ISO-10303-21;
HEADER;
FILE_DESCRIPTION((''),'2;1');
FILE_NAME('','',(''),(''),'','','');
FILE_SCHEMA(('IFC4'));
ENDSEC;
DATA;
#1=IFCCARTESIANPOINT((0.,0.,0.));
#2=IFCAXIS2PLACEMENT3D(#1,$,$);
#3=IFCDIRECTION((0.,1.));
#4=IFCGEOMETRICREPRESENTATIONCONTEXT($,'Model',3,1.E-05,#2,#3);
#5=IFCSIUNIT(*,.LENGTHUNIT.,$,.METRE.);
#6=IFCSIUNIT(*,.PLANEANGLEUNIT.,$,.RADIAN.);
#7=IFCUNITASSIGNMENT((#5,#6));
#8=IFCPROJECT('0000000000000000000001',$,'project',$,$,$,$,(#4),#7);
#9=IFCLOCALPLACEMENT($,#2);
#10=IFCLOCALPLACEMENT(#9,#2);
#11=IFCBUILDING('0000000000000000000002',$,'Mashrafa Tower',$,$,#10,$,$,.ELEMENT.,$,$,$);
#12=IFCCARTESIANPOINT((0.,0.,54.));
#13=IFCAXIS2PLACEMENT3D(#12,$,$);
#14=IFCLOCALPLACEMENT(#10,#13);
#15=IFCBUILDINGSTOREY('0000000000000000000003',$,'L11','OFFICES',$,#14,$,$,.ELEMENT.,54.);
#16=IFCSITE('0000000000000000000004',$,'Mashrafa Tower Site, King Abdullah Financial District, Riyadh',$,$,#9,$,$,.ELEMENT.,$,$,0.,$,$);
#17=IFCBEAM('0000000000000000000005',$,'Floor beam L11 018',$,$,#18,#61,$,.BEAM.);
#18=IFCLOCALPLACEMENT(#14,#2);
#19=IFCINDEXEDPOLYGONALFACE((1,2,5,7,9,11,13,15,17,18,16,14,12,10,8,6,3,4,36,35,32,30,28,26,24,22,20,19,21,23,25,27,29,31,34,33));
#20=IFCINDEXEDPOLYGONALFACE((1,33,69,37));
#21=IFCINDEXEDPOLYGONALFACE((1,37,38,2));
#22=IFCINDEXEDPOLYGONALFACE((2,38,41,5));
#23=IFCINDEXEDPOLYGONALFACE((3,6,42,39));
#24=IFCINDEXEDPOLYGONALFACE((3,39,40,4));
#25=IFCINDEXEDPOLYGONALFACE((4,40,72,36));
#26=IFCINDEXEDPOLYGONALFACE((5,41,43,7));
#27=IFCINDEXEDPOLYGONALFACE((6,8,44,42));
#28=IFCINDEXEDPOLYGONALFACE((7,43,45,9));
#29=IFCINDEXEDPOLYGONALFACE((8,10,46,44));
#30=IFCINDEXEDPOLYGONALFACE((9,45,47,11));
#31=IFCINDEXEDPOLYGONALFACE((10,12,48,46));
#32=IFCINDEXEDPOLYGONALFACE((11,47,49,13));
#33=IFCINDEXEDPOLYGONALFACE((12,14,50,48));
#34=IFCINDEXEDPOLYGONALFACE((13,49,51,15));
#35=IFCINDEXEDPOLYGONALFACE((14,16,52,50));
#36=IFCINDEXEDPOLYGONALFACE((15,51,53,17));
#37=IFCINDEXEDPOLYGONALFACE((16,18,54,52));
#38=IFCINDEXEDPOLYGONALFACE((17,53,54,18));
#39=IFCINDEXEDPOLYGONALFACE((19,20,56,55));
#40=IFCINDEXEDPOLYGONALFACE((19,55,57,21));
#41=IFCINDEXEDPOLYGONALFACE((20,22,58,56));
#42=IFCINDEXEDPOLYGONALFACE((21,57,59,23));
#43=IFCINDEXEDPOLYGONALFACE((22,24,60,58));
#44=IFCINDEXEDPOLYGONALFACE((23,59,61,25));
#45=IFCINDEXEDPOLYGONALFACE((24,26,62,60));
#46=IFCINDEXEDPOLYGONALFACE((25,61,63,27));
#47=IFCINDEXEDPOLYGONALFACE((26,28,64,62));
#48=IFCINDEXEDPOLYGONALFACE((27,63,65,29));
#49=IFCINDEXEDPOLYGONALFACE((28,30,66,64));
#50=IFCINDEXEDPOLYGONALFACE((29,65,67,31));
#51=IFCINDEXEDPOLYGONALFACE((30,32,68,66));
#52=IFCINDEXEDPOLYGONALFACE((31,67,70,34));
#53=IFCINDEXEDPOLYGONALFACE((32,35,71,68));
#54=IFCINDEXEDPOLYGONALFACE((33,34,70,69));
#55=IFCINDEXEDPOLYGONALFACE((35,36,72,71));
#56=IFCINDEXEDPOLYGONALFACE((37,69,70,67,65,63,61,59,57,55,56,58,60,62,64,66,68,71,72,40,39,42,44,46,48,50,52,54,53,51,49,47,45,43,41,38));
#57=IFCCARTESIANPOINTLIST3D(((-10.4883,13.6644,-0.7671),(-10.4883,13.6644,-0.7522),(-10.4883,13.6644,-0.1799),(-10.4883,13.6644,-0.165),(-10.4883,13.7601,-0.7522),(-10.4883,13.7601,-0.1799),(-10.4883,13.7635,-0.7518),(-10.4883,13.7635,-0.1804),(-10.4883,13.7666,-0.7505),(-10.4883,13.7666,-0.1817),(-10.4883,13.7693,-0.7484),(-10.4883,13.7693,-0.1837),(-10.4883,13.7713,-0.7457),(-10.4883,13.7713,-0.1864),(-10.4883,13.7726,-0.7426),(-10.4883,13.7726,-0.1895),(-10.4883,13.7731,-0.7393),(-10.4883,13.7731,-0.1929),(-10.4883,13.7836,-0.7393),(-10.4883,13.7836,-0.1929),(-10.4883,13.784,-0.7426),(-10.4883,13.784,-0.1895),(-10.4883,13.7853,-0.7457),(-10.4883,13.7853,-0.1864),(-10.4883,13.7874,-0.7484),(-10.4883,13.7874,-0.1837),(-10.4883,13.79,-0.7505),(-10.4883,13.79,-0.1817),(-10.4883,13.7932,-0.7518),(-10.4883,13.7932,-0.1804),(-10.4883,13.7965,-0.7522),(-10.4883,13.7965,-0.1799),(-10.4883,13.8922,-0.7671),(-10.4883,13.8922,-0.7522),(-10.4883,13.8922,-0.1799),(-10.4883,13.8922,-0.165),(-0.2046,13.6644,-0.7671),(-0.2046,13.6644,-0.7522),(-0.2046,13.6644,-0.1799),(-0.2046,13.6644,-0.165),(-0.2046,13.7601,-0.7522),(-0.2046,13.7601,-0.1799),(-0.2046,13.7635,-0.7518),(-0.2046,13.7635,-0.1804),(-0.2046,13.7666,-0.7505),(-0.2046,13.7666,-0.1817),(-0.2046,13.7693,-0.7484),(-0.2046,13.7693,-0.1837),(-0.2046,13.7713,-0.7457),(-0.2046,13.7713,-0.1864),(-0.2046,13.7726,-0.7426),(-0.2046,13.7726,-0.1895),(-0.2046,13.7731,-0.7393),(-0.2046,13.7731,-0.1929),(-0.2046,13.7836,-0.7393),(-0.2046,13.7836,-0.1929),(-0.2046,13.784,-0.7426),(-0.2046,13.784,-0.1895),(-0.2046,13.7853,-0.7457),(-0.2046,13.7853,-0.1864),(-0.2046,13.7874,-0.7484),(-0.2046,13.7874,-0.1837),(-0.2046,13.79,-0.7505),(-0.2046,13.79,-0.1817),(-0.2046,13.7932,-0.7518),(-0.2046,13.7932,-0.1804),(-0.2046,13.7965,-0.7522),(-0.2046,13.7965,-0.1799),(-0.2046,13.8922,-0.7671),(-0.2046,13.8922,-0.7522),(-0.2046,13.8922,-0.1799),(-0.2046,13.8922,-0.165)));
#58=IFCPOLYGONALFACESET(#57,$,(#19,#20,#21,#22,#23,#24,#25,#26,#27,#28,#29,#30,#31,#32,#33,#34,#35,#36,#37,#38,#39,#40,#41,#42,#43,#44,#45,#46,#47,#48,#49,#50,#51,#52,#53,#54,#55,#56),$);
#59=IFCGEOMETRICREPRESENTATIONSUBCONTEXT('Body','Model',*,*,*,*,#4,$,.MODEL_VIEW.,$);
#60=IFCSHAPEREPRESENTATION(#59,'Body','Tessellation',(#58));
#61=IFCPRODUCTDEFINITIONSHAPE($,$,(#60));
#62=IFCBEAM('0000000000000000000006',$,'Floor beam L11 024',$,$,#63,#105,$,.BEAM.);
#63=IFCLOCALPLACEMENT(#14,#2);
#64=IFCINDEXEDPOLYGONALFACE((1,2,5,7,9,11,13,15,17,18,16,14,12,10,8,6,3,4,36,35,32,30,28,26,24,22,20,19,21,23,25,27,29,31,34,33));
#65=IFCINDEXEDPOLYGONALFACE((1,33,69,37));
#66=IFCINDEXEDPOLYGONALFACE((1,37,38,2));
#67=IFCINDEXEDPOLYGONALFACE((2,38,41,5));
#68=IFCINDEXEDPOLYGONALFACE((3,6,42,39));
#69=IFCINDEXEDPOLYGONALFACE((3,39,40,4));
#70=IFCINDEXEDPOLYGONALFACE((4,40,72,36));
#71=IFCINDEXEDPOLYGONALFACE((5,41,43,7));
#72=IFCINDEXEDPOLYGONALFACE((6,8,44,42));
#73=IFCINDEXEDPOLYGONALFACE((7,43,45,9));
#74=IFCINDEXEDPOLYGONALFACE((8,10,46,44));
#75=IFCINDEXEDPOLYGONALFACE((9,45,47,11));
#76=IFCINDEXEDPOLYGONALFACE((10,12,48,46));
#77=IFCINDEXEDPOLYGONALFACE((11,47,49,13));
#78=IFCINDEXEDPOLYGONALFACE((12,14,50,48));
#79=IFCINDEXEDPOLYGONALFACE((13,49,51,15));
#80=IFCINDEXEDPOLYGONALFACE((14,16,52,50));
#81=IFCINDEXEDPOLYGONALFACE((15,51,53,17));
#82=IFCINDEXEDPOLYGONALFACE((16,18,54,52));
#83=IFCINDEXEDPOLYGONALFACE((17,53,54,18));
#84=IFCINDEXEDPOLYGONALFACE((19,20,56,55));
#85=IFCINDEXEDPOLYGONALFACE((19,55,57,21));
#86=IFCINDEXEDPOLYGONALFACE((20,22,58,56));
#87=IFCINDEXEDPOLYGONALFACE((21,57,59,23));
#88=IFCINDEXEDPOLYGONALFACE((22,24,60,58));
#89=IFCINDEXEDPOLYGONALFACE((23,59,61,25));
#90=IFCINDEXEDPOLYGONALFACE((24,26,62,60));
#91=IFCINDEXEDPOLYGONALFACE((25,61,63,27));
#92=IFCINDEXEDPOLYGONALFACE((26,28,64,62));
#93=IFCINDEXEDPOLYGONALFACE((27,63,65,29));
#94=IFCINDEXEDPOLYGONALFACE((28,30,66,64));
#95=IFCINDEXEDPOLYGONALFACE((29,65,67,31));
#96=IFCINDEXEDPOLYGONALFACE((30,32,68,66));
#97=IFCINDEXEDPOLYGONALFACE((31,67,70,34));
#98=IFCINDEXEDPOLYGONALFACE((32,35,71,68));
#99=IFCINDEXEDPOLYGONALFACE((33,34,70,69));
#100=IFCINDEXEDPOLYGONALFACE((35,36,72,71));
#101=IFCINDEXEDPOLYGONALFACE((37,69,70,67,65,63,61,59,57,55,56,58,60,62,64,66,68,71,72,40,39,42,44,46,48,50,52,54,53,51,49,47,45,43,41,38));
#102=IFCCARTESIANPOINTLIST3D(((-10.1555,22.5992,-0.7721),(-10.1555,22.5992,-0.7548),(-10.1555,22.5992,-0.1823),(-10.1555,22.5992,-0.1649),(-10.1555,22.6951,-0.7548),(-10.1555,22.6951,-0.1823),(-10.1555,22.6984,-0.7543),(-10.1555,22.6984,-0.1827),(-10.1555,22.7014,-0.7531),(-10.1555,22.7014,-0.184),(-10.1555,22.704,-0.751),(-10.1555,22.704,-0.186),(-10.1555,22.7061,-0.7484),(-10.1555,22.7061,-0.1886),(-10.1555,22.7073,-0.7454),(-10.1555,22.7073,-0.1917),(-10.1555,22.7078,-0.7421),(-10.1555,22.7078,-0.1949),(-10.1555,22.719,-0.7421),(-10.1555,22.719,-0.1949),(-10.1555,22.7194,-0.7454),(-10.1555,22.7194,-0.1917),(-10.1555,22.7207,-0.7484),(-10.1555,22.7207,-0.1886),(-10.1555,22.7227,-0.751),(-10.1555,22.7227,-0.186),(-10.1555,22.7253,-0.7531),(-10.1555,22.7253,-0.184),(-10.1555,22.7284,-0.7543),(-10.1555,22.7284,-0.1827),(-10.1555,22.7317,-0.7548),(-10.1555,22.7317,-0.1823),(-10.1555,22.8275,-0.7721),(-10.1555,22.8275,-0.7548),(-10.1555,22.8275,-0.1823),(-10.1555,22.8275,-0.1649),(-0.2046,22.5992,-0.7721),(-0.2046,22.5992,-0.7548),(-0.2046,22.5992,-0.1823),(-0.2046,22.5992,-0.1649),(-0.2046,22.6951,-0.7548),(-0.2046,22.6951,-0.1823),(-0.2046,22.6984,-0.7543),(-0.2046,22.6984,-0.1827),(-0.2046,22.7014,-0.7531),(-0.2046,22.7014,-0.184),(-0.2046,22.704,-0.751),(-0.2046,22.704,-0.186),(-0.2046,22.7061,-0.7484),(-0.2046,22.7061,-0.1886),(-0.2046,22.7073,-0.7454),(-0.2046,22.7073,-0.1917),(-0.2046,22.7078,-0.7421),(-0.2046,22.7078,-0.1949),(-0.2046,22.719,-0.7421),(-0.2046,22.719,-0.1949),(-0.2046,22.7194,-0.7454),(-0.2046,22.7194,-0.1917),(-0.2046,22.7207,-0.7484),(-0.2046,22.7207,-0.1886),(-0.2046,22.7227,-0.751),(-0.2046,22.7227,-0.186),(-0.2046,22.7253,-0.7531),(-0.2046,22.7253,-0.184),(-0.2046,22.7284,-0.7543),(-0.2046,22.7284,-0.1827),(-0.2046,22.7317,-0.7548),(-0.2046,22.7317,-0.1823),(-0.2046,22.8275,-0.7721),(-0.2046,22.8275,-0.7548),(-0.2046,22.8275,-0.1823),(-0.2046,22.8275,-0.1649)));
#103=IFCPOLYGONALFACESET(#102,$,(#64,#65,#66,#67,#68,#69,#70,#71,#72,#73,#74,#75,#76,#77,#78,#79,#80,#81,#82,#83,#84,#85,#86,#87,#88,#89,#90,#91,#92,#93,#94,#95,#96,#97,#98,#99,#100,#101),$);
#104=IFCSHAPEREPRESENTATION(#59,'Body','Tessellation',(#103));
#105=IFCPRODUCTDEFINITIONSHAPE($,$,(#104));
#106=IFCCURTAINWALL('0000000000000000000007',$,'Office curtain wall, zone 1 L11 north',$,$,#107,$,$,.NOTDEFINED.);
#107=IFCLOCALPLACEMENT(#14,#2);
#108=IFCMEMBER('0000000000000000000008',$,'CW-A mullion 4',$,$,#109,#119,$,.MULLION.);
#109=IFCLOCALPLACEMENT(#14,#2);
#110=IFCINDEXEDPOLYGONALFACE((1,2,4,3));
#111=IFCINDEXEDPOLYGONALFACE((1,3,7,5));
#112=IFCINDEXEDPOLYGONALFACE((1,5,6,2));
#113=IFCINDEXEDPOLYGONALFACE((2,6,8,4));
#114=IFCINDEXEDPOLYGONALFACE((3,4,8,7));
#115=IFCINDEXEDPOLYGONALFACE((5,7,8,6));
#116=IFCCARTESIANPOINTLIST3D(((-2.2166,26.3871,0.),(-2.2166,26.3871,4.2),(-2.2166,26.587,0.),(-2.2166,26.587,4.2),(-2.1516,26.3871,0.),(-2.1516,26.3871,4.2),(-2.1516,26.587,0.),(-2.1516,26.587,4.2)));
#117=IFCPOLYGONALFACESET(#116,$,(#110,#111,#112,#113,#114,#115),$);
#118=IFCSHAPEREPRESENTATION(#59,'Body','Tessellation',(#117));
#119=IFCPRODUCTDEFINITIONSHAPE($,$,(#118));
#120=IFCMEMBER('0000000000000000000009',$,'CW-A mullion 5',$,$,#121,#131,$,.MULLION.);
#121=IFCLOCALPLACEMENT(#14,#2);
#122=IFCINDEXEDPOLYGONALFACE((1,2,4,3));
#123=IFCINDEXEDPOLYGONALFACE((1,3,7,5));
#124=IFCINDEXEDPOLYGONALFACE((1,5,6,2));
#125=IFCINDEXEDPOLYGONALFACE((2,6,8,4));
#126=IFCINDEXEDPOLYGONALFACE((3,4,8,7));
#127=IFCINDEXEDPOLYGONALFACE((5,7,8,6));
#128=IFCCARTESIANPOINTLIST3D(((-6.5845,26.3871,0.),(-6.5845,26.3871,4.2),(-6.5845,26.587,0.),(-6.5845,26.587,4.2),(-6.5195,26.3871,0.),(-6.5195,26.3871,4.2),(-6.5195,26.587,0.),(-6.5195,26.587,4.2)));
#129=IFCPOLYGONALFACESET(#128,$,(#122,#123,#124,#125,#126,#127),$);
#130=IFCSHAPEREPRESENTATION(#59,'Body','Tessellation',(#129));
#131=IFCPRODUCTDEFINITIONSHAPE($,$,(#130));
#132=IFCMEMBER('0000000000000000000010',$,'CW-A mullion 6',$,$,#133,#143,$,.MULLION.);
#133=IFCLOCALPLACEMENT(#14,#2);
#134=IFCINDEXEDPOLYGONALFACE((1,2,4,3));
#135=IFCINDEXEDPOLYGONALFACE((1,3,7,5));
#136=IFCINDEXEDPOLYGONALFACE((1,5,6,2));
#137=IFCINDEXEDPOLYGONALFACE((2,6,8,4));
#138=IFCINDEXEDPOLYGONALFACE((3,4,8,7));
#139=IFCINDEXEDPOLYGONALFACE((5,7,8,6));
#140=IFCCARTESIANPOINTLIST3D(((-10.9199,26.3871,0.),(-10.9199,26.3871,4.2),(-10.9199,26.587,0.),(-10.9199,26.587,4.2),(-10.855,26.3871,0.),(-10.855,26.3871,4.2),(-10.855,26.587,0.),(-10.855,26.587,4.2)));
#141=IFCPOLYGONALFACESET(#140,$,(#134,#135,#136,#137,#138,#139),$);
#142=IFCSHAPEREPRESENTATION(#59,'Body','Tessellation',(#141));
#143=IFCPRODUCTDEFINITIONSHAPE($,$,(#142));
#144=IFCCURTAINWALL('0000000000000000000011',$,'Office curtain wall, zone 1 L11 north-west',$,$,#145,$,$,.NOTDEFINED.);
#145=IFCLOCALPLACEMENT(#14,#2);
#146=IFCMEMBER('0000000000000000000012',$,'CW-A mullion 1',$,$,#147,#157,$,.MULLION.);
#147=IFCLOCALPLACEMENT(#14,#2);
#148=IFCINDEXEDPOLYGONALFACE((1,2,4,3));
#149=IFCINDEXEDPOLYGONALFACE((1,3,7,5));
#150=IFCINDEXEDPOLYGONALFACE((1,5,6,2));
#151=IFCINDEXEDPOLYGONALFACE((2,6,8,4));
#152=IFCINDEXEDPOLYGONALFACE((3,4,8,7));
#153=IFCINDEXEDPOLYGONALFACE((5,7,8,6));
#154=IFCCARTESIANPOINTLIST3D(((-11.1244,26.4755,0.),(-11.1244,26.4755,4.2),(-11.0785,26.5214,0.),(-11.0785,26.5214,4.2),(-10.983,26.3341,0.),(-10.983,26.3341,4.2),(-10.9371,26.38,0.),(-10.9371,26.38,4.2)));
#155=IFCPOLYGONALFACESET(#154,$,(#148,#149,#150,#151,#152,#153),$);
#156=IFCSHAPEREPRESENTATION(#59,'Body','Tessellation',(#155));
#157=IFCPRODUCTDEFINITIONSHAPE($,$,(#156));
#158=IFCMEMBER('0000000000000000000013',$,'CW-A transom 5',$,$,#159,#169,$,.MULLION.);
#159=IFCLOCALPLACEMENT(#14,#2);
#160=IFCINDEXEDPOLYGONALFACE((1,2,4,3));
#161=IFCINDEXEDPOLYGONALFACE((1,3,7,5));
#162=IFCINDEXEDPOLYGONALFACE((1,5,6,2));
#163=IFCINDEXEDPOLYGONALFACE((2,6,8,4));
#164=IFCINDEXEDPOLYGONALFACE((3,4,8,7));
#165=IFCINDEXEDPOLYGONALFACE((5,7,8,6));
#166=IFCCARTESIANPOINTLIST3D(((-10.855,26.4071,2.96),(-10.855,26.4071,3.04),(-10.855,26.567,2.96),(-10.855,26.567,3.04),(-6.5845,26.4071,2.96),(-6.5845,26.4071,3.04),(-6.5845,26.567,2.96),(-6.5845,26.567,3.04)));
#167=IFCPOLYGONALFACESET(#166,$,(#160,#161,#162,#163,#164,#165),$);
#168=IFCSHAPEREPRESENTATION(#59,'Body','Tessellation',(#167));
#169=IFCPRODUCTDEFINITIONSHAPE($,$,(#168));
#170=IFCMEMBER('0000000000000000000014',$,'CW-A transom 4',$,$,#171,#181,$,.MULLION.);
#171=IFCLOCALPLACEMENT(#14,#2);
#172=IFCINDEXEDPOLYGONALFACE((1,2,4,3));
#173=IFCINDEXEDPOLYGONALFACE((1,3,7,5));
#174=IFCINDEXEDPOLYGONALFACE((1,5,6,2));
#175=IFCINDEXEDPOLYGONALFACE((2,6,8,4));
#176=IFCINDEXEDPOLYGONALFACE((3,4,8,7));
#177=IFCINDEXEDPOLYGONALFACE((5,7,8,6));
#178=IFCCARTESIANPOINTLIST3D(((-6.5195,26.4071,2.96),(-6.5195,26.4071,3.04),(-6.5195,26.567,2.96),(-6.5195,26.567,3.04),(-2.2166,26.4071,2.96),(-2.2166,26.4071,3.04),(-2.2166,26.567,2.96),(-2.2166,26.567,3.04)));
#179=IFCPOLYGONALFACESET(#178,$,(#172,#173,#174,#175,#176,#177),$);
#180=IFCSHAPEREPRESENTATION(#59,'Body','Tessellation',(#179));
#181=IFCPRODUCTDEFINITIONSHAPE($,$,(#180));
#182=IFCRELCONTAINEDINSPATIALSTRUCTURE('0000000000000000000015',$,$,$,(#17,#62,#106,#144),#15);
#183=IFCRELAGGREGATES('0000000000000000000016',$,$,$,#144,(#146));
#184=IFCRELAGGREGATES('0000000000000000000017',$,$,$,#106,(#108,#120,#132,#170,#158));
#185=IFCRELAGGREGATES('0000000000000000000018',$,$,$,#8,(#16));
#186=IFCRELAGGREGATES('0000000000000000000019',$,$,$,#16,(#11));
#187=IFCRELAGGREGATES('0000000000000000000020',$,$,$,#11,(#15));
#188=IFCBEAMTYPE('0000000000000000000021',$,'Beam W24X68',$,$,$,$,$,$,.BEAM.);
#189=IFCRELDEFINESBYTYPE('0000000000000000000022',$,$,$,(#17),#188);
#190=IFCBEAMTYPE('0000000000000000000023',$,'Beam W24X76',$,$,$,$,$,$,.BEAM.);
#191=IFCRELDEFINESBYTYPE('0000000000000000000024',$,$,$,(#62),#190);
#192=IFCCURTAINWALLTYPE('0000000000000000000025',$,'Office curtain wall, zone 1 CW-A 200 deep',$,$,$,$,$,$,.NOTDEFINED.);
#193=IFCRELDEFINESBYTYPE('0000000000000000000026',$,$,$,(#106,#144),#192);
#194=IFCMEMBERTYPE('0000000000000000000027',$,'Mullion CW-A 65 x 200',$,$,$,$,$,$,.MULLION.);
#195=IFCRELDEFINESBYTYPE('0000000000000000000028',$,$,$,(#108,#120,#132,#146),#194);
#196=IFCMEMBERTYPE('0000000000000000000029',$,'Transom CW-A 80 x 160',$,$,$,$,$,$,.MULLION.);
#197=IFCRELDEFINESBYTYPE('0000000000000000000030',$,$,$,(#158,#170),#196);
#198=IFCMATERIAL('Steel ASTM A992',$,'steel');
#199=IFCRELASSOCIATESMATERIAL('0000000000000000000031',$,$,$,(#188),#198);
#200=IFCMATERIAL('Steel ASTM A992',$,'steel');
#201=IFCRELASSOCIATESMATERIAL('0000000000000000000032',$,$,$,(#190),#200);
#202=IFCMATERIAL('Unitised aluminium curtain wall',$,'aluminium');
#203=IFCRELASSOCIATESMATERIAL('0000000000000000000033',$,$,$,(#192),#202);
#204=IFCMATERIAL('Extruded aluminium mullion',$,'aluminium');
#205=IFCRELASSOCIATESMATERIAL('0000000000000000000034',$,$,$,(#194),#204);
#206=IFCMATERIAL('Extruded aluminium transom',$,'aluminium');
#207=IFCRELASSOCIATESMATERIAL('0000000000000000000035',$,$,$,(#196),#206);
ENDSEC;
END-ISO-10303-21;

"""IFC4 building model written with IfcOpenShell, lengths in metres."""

from ifc_helpers import new_model, si_unit, direction, frame, origin, origin_2d, place, context, subcontext, project, spatial, rectangle, i_section, extrude, source, transform, mapped, material, material_profile, profile_set, type_object, type_shapes, element, aggregate, save


model = new_model("IFC4")

# Units and contexts
model_context = context("Model", 3, precision=1e-05, world=origin(), true_north=direction((0.0, 1.0)))
body_context = subcontext(model_context, "Body", "Model", "MODEL_VIEW")
ifc_project = project(units=[si_unit("LENGTHUNIT", "METRE"), si_unit("PLANEANGLEUNIT", "RADIAN")], contexts=[model_context])

# Site, building, storey
site_placement = place(None, origin())
site = spatial("IfcSite", under=ifc_project, at=site_placement, Name="Mashrafa Tower Site, King Abdullah Financial District, Riyadh", CompositionType="ELEMENT", RefElevation=0.0)
building_placement = place(site_placement, origin())
building = spatial("IfcBuilding", under=site, at=building_placement, Name="Mashrafa Tower", CompositionType="ELEMENT")
storey_placement = place(building_placement, frame((0.0, 0.0, 54.0)))
storey = spatial("IfcBuildingStorey", under=building, at=storey_placement, Name="L11", Description="OFFICES", CompositionType="ELEMENT", Elevation=54.0)

# Beams
ifc_material_1 = material(Name="Steel ASTM A992", Category="steel")
ifc_material_profile_1 = material_profile(ifc_material_1, i_section(OverallWidth=0.2278, OverallDepth=0.6021, WebThickness=0.0105, FlangeThickness=0.0149, FilletRadius=0.0129, at=origin_2d()), Name="W24X68")
ifc_profile_set_1 = profile_set([ifc_material_profile_1], Name="Steel ASTM A992")
beam_type_1 = type_object("IfcBeamType", Name="Beam W24X68", PredefinedType="BEAM", material=ifc_profile_set_1)
beam_1_placement = place(storey_placement, frame((-10.4883, 13.7783, -0.4661), z_axis=(1.0, 0.0, 0.0), x_axis=(0.0, 1.0, 0.0)))
element("IfcBeam", 1, at=beam_1_placement, inside=storey, type_object=beam_type_1, Name="Floor beam L11 018", PredefinedType="BEAM", context=body_context, shape_type="SweptSolid", body=[
    extrude(i_section(OverallWidth=0.2278, OverallDepth=0.6021, WebThickness=0.0105, FlangeThickness=0.0149, FilletRadius=0.0129, at=origin_2d()), origin(), (0.0, 0.0, 1.0), 10.2837),
])
ifc_material_2 = material(Name="Steel ASTM A992", Category="steel")
ifc_material_profile_2 = material_profile(ifc_material_2, i_section(OverallWidth=0.2283, OverallDepth=0.6072, WebThickness=0.0112, FlangeThickness=0.0173, FilletRadius=0.0127, at=origin_2d()), Name="W24X76")
ifc_profile_set_2 = profile_set([ifc_material_profile_2], Name="Steel ASTM A992")
beam_type_2 = type_object("IfcBeamType", Name="Beam W24X76", PredefinedType="BEAM", material=ifc_profile_set_2)
beam_2_placement = place(storey_placement, frame((-10.1555, 22.7134, -0.4685), z_axis=(1.0, 0.0, 0.0), x_axis=(0.0, 1.0, 0.0)))
element("IfcBeam", 2, at=beam_2_placement, inside=storey, type_object=beam_type_2, Name="Floor beam L11 024", PredefinedType="BEAM", context=body_context, shape_type="SweptSolid", body=[
    extrude(i_section(OverallWidth=0.2283, OverallDepth=0.6072, WebThickness=0.0112, FlangeThickness=0.0173, FilletRadius=0.0127, at=origin_2d()), origin(), (0.0, 0.0, 1.0), 9.9509),
])

# Curtain wall, members
ifc_material_3 = material(Name="Unitised aluminium curtain wall", Category="aluminium")
curtain_wall_type = type_object("IfcCurtainWallType", Name="Office curtain wall, zone 1 CW-A 200 deep", PredefinedType="NOTDEFINED", material=ifc_material_3)
curtain_wall_1_placement = place(storey_placement, origin())
curtain_wall_1 = element("IfcCurtainWall", 3, at=curtain_wall_1_placement, inside=storey, type_object=curtain_wall_type, Name="Office curtain wall, zone 1 L11 north", PredefinedType="NOTDEFINED")
ifc_material_4 = material(Name="Extruded aluminium mullion", Category="aluminium")
ifc_material_profile_3 = material_profile(ifc_material_4, rectangle(XDim=0.2, YDim=0.0649, at=origin_2d()), Name="Mullion 65x200")
ifc_profile_set_3 = profile_set([ifc_material_profile_3], Name="Extruded aluminium mullion")
member_type_1 = type_object("IfcMemberType", Name="Mullion CW-A 65 x 200", PredefinedType="MULLION", material=ifc_profile_set_3)
shared_shape_1 = source(origin(), body_context, "Body", "SweptSolid", [
    extrude(rectangle(XDim=0.2, YDim=0.0649, at=origin_2d()), origin(), (0.0, 0.0, 1.0), 4.2),
])
type_shapes(member_type_1, [shared_shape_1])
member_1_placement = place(storey_placement, frame((-2.1841, 26.4871, 0.0), z_axis=(0.0, 0.0, 1.0), x_axis=(0.0, -1.0, 0.0)))
member_1 = element("IfcMember", 4, at=member_1_placement, type_object=member_type_1, Name="CW-A mullion 4", PredefinedType="MULLION", context=body_context, shape_type="MappedRepresentation", body=[
    mapped(shared_shape_1, transform((0.0, 0.0, 0.0))),
])
member_2_placement = place(storey_placement, frame((-6.552, 26.4871, 0.0), z_axis=(0.0, 0.0, 1.0), x_axis=(0.0, -1.0, 0.0)))
member_2 = element("IfcMember", 5, at=member_2_placement, type_object=member_type_1, Name="CW-A mullion 5", PredefinedType="MULLION", context=body_context, shape_type="MappedRepresentation", body=[
    mapped(shared_shape_1, transform((0.0, 0.0, 0.0))),
])
member_3_placement = place(storey_placement, frame((-10.8875, 26.4871, 0.0), z_axis=(0.0, 0.0, 1.0), x_axis=(0.0, -1.0, 0.0)))
member_3 = element("IfcMember", 6, at=member_3_placement, type_object=member_type_1, Name="CW-A mullion 6", PredefinedType="MULLION", context=body_context, shape_type="MappedRepresentation", body=[
    mapped(shared_shape_1, transform((0.0, 0.0, 0.0))),
])

# Curtain wall, member
curtain_wall_2_placement = place(storey_placement, origin())
curtain_wall_2 = element("IfcCurtainWall", 7, at=curtain_wall_2_placement, inside=storey, type_object=curtain_wall_type, Name="Office curtain wall, zone 1 L11 north-west", PredefinedType="NOTDEFINED")
member_4_placement = place(storey_placement, frame((-11.0308, 26.4277, 0.0), z_axis=(0.0, 0.0, 1.0), x_axis=(0.707107, -0.707107, 0.0)))
member_4 = element("IfcMember", 8, at=member_4_placement, type_object=member_type_1, Name="CW-A mullion 1", PredefinedType="MULLION", context=body_context, shape_type="MappedRepresentation", body=[
    mapped(shared_shape_1, transform((0.0, 0.0, 0.0))),
])

# Members
ifc_material_5 = material(Name="Extruded aluminium transom", Category="aluminium")
ifc_material_profile_4 = material_profile(ifc_material_5, rectangle(XDim=0.1599, YDim=0.0801, at=origin_2d()), Name="Transom 80x160")
ifc_profile_set_4 = profile_set([ifc_material_profile_4], Name="Extruded aluminium transom")
member_type_2 = type_object("IfcMemberType", Name="Transom CW-A 80 x 160", PredefinedType="MULLION", material=ifc_profile_set_4)
shared_shape_2 = source(origin(), body_context, "Body", "SweptSolid", [
    extrude(rectangle(XDim=0.1599, YDim=0.0801, at=origin_2d()), origin(), (0.0, 0.0, 1.0), 4.2705),
])
member_5_placement = place(storey_placement, frame((-6.5845, 26.4871, 3.0), z_axis=(-1.0, 0.0, 0.0), x_axis=(0.0, -1.0, 0.0)))
member_5 = element("IfcMember", 9, at=member_5_placement, type_object=member_type_2, Name="CW-A transom 5", PredefinedType="MULLION", context=body_context, shape_type="MappedRepresentation", body=[
    mapped(shared_shape_2, transform((0.0, 0.0, 0.0))),
])
shared_shape_3 = source(origin(), body_context, "Body", "SweptSolid", [
    extrude(rectangle(XDim=0.1599, YDim=0.0801, at=origin_2d()), origin(), (0.0, 0.0, 1.0), 4.303),
])
member_6_placement = place(storey_placement, frame((-2.2166, 26.4871, 3.0), z_axis=(-1.0, 0.0, 0.0), x_axis=(0.0, -1.0, 0.0)))
member_6 = element("IfcMember", 10, at=member_6_placement, type_object=member_type_2, Name="CW-A transom 4", PredefinedType="MULLION", context=body_context, shape_type="MappedRepresentation", body=[
    mapped(shared_shape_3, transform((0.0, 0.0, 0.0))),
])

aggregate(curtain_wall_2, [member_4])
aggregate(curtain_wall_1, [member_1, member_2, member_3, member_6, member_5])

save(model, "model.ifc")
